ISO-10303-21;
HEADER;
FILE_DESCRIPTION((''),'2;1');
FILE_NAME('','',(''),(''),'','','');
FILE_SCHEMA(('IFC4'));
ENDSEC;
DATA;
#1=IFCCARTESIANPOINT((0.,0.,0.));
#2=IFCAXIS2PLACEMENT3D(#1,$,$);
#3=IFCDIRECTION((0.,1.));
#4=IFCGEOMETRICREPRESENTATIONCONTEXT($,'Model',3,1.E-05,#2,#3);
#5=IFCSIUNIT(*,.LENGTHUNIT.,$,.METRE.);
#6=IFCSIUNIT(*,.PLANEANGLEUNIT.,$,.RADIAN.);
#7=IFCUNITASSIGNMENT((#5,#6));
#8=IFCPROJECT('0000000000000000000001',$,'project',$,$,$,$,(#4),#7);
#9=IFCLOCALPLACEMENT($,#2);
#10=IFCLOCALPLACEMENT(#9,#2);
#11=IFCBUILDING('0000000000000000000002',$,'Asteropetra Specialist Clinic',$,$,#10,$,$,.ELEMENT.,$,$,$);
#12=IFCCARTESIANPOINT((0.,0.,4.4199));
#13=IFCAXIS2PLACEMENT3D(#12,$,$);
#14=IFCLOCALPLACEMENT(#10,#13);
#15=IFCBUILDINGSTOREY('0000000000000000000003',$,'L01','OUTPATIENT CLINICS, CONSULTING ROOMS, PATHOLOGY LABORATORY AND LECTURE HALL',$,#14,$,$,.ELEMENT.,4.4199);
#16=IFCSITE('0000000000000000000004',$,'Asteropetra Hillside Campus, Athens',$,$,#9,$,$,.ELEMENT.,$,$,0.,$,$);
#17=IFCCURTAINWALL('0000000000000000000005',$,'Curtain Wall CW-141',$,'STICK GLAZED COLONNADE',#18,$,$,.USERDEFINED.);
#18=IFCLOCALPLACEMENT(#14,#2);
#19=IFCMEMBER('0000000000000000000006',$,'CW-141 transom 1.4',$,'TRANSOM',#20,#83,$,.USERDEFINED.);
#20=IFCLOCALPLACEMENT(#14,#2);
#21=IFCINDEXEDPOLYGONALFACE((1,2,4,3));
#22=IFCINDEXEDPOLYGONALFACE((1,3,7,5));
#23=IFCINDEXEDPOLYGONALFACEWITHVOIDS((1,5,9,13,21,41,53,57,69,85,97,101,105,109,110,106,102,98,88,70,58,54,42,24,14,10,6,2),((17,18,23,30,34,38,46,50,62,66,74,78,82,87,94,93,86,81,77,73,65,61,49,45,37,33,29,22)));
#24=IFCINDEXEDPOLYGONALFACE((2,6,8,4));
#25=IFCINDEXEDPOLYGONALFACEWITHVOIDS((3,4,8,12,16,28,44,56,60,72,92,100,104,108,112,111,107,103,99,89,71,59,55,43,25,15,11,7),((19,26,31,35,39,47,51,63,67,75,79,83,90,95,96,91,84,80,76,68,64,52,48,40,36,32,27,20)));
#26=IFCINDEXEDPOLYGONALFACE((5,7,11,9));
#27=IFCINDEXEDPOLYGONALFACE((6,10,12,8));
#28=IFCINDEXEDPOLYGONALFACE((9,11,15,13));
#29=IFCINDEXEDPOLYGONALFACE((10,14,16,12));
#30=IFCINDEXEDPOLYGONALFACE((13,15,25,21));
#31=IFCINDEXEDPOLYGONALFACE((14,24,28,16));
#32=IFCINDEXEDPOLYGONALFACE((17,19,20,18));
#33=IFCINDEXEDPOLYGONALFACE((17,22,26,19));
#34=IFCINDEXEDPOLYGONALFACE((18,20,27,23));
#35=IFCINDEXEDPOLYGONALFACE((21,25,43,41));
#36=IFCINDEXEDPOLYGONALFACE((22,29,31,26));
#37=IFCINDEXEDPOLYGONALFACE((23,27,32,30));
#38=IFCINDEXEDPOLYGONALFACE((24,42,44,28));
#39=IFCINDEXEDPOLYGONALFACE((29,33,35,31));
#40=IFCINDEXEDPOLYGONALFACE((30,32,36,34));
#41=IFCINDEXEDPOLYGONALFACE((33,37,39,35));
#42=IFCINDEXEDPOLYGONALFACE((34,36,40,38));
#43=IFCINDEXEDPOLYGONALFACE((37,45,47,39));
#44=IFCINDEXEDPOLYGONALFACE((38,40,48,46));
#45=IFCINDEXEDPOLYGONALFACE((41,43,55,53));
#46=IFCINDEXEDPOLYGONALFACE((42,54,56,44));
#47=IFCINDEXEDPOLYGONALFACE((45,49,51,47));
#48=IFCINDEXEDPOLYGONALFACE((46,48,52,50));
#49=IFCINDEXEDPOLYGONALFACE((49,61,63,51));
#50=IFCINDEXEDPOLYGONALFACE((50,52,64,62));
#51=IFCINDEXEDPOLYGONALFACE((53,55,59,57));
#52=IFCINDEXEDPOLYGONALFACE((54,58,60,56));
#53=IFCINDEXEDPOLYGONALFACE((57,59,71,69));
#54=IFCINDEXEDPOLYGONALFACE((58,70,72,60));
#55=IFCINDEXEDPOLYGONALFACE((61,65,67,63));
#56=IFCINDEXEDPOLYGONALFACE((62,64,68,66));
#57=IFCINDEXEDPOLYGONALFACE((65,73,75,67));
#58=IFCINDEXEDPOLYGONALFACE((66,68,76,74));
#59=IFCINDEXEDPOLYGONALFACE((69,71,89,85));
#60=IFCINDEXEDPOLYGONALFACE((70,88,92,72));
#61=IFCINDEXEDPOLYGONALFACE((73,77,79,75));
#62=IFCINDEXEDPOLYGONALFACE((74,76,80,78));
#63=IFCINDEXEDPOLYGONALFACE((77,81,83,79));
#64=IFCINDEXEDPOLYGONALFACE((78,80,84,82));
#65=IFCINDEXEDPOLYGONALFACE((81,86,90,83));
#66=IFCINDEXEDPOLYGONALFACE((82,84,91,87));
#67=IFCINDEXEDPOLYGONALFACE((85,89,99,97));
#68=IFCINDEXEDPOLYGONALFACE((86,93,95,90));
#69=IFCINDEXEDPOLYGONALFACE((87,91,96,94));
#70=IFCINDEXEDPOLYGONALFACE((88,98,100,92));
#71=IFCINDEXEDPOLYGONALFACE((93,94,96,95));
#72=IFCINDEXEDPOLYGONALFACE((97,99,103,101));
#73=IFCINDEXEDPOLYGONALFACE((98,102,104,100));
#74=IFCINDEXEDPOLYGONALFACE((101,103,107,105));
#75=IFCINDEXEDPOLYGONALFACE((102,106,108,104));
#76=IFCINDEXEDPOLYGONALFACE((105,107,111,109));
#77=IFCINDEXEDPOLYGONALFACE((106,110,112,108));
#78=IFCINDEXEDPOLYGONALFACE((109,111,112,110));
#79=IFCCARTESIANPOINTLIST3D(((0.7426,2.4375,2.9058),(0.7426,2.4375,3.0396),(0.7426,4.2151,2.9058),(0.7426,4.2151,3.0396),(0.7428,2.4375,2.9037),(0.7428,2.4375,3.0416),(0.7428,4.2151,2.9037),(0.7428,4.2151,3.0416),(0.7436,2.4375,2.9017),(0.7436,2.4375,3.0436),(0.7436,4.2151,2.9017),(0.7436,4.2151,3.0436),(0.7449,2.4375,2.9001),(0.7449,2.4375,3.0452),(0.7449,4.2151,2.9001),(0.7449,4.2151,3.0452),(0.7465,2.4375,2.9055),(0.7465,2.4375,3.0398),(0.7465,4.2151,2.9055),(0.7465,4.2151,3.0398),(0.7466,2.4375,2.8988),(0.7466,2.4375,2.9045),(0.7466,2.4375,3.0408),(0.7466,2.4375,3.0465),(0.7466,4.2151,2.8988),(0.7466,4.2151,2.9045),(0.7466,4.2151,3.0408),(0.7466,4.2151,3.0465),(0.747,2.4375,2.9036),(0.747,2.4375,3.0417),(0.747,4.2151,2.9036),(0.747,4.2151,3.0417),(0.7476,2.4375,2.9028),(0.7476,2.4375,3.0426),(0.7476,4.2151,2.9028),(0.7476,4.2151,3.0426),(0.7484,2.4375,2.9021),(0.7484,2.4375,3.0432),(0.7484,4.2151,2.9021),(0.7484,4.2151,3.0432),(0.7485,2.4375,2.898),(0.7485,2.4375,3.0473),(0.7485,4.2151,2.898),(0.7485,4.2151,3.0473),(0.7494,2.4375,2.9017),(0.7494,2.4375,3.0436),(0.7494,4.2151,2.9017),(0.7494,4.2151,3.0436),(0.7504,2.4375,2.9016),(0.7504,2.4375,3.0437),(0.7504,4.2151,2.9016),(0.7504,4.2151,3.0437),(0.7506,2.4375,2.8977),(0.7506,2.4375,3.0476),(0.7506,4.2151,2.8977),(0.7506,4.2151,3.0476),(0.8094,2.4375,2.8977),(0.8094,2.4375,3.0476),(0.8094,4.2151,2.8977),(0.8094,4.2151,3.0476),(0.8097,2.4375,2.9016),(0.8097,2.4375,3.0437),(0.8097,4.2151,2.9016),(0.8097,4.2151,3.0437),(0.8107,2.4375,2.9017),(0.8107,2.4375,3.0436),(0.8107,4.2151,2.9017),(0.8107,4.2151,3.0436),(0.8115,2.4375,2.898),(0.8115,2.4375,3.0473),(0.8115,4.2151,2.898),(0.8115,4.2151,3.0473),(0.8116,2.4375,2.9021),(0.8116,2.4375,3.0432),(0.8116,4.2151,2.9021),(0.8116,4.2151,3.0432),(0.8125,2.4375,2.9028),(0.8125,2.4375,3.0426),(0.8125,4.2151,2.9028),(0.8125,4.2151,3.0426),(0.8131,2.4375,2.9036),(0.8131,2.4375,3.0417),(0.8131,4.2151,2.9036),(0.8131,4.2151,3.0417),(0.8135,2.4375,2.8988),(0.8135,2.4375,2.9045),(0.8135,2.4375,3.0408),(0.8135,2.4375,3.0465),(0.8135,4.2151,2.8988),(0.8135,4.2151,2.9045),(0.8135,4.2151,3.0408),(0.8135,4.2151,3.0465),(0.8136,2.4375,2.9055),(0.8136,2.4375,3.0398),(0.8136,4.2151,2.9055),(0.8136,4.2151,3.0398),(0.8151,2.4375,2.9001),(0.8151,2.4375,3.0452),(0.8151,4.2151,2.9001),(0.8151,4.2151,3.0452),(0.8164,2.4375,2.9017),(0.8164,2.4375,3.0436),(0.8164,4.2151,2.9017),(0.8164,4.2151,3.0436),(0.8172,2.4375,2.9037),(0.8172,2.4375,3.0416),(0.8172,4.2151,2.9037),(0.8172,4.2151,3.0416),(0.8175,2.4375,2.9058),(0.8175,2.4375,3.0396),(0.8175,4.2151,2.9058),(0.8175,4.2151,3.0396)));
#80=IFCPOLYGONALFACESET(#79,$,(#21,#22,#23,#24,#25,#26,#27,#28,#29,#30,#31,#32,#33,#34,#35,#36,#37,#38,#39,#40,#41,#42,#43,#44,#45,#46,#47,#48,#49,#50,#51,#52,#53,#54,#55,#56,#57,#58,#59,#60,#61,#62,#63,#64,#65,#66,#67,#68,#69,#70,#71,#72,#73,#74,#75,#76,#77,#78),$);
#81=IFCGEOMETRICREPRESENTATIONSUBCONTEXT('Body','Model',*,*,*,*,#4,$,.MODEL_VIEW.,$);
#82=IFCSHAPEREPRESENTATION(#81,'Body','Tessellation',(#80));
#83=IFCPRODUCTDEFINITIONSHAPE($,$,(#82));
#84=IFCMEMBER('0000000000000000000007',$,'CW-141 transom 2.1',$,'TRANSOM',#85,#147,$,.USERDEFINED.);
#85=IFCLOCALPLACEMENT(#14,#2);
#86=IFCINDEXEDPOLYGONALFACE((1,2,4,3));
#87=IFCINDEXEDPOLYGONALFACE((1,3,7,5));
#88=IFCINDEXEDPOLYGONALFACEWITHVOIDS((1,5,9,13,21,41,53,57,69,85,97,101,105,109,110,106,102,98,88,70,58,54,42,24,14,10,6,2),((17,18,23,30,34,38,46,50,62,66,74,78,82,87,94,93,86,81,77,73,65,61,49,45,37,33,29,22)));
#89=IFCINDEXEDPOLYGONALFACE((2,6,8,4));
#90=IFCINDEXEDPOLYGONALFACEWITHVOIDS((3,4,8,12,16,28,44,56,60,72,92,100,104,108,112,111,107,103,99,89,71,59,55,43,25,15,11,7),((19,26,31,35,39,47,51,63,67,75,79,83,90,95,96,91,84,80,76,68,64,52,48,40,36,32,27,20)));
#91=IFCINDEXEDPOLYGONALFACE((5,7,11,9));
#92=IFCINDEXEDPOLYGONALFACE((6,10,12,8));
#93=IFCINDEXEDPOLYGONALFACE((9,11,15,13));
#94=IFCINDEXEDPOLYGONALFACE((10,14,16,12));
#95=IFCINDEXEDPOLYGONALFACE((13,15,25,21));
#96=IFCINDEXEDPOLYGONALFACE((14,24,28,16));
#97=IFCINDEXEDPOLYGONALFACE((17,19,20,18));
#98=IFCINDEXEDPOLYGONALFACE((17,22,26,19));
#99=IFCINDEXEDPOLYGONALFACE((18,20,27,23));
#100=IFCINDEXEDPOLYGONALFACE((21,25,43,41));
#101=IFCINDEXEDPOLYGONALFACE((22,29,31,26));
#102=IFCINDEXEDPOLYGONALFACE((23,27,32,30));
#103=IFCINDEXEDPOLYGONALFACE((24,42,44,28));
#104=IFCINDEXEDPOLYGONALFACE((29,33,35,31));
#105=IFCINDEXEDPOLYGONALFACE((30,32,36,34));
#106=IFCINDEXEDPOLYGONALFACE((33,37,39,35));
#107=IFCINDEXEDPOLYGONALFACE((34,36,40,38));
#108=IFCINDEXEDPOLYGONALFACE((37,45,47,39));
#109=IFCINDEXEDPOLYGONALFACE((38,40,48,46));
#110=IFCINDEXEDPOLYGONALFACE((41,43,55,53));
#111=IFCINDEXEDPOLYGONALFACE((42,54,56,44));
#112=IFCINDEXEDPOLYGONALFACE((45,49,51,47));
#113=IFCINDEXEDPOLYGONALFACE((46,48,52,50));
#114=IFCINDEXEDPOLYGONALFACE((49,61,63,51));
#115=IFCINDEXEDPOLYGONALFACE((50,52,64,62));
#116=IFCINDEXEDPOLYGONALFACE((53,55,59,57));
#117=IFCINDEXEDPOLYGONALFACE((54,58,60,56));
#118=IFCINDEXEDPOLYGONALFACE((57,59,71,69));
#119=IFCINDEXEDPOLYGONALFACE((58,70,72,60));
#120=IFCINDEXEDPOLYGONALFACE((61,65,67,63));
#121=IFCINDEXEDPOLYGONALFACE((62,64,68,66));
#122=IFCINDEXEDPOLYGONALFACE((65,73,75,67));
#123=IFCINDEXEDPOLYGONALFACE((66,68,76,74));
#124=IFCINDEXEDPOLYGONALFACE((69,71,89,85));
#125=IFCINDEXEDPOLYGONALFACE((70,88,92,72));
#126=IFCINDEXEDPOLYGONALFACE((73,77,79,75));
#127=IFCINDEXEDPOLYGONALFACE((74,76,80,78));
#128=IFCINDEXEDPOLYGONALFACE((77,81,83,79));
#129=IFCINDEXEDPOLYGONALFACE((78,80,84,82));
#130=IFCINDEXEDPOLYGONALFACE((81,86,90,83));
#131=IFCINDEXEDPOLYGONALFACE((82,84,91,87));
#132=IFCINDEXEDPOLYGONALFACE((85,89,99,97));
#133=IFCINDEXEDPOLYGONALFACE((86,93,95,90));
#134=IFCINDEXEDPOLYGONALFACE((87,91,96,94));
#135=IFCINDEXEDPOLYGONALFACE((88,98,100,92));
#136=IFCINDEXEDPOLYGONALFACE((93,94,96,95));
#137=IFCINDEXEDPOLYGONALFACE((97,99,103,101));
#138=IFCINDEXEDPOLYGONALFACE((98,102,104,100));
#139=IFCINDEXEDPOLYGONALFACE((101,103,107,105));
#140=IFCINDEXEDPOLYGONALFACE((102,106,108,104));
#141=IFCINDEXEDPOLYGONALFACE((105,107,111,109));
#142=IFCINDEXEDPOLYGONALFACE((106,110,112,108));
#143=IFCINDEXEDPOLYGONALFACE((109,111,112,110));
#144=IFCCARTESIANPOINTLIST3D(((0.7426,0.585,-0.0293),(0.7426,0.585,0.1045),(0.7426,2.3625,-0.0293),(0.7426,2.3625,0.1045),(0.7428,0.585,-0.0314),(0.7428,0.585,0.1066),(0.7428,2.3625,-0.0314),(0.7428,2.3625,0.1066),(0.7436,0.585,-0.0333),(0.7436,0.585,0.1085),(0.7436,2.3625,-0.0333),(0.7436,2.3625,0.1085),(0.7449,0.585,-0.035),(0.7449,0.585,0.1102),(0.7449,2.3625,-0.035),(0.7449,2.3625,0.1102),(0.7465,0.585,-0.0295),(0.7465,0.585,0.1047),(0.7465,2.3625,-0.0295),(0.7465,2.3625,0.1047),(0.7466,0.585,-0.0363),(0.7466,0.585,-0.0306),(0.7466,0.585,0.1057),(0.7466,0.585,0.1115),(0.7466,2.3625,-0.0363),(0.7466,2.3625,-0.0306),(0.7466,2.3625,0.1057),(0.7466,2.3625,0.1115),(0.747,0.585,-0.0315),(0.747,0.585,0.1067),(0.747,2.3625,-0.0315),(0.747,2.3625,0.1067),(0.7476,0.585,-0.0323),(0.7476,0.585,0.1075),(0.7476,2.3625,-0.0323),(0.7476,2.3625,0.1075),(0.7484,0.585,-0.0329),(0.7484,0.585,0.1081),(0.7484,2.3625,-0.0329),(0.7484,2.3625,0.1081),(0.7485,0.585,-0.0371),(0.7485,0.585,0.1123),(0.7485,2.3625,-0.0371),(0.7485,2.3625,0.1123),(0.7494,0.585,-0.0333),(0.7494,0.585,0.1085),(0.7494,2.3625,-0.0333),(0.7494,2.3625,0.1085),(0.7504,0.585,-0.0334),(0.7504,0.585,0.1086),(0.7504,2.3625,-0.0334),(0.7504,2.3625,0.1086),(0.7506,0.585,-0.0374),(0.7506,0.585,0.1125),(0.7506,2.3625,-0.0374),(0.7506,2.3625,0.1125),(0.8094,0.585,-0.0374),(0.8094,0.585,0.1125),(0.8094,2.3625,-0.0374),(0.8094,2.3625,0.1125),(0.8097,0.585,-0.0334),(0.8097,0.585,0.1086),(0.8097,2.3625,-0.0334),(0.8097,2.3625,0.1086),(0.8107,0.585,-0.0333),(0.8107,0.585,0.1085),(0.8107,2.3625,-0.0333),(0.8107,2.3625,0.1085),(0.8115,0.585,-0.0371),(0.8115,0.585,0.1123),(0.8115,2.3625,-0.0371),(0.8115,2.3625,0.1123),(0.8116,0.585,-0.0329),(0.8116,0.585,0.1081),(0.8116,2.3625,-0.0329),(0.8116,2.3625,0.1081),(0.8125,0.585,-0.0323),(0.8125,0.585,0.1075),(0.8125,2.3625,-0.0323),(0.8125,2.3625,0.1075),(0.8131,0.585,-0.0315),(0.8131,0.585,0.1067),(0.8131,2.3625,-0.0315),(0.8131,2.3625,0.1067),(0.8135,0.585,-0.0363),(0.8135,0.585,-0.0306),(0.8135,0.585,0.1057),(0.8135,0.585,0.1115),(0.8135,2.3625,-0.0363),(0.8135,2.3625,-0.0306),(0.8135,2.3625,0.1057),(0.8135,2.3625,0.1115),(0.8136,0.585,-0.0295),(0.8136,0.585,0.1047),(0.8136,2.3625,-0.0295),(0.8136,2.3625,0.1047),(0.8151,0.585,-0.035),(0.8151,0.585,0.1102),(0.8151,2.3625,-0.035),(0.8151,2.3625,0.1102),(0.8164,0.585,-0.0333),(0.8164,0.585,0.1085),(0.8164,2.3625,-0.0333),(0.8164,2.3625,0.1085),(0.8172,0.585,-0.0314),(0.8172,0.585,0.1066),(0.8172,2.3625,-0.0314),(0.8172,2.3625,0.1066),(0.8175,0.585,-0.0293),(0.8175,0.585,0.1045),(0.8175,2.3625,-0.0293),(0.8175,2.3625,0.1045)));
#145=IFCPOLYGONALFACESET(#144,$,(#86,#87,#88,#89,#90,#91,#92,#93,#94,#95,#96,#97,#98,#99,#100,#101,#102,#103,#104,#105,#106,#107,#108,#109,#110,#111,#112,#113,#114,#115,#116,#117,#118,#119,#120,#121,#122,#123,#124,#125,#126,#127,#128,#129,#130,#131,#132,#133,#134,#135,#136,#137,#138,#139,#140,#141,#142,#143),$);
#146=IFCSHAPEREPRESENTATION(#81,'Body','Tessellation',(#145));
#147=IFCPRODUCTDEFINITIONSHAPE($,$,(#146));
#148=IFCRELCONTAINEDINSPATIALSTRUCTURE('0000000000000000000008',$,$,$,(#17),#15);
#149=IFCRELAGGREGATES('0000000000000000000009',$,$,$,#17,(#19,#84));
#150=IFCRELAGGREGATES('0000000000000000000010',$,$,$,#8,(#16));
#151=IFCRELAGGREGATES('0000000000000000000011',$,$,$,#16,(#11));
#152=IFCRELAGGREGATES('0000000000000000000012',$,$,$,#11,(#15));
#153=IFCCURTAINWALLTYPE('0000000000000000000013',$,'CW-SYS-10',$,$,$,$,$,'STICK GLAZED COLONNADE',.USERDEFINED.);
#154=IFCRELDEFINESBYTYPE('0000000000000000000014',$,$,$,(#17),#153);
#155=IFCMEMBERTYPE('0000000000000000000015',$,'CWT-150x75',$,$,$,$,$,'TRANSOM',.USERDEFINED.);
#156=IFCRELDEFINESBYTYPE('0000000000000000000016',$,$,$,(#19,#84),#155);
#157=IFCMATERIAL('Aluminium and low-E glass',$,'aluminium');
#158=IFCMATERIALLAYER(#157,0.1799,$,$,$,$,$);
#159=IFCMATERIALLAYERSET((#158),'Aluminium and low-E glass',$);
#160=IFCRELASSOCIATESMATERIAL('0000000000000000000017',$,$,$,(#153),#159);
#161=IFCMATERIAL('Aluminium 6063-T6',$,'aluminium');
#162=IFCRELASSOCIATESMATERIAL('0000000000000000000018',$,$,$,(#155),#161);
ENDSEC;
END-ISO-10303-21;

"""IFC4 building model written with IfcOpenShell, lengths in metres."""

from ifc_helpers import new_model, si_unit, direction, frame, origin, origin_2d, place, context, subcontext, project, spatial, hollow_rectangle, extrude, material, layer, layer_set, material_profile, profile_set, type_object, element, aggregate, save


model = new_model("IFC4")

# Units and contexts
model_context = context("Model", 3, precision=1e-05, world=origin(), true_north=direction((0.0, 1.0)))
body_context = subcontext(model_context, "Body", "Model", "MODEL_VIEW")
ifc_project = project(units=[si_unit("LENGTHUNIT", "METRE"), si_unit("PLANEANGLEUNIT", "RADIAN")], contexts=[model_context])

# Site, building, storey
site_placement = place(None, origin())
site = spatial("IfcSite", under=ifc_project, at=site_placement, Name="Asteropetra Hillside Campus, Athens", CompositionType="ELEMENT", RefElevation=0.0)
building_placement = place(site_placement, origin())
building = spatial("IfcBuilding", under=site, at=building_placement, Name="Asteropetra Specialist Clinic", CompositionType="ELEMENT")
storey_placement = place(building_placement, frame((0.0, 0.0, 4.4199)))
storey = spatial("IfcBuildingStorey", under=building, at=storey_placement, Name="L01", Description="OUTPATIENT CLINICS, CONSULTING ROOMS, PATHOLOGY LABORATORY AND LECTURE HALL", CompositionType="ELEMENT", Elevation=4.4199)

# Curtain wall
ifc_material_1 = material(Name="Aluminium and low-E glass", Category="aluminium")
ifc_layer_1 = layer(ifc_material_1, 0.1799)
ifc_layer_set_1 = layer_set([ifc_layer_1], Name="Aluminium and low-E glass")
curtain_wall_type_1 = type_object("IfcCurtainWallType", Name="CW-SYS-10", ElementType="STICK GLAZED COLONNADE", PredefinedType="USERDEFINED", material=ifc_layer_set_1)
curtain_wall_1_placement = place(storey_placement, origin())
curtain_wall_1 = element("IfcCurtainWall", 1, at=curtain_wall_1_placement, inside=storey, type_object=curtain_wall_type_1, Name="Curtain Wall CW-141", ObjectType="STICK GLAZED COLONNADE", PredefinedType="USERDEFINED")

# Members
ifc_material_2 = material(Name="Aluminium 6063-T6", Category="aluminium")
ifc_material_profile_1 = material_profile(ifc_material_2, hollow_rectangle(XDim=0.075, YDim=0.1499, WallThickness=0.0039, InnerFilletRadius=0.0039, OuterFilletRadius=0.0081, at=origin_2d()), Name="TRN 150x75x4.0")
ifc_profile_set_1 = profile_set([ifc_material_profile_1], Name="Aluminium 6063-T6")
member_type_1 = type_object("IfcMemberType", Name="CWT-150x75", ElementType="TRANSOM", PredefinedType="USERDEFINED", material=ifc_profile_set_1)
member_1_placement = place(storey_placement, frame((0.78, 4.2151, 2.9727), z_axis=(0.0, -1.0, 0.0), x_axis=(1.0, 0.0, 0.0)))
member_1 = element("IfcMember", 2, at=member_1_placement, type_object=member_type_1, Name="CW-141 transom 1.4", ObjectType="TRANSOM", PredefinedType="USERDEFINED", context=body_context, shape_type="SweptSolid", body=[
    extrude(hollow_rectangle(XDim=0.075, YDim=0.1499, WallThickness=0.0039, InnerFilletRadius=0.0039, OuterFilletRadius=0.0081, at=origin_2d()), origin(), (0.0, 0.0, 1.0), 1.7776),
])
member_2_placement = place(storey_placement, frame((0.78, 2.3625, 0.0376), z_axis=(0.0, -1.0, 0.0), x_axis=(1.0, 0.0, 0.0)))
member_2 = element("IfcMember", 3, at=member_2_placement, type_object=member_type_1, Name="CW-141 transom 2.1", ObjectType="TRANSOM", PredefinedType="USERDEFINED", context=body_context, shape_type="SweptSolid", body=[
    extrude(hollow_rectangle(XDim=0.075, YDim=0.1499, WallThickness=0.0039, InnerFilletRadius=0.0039, OuterFilletRadius=0.0081, at=origin_2d()), origin(), (0.0, 0.0, 1.0), 1.7776),
])

aggregate(curtain_wall_1, [member_1, member_2])

save(model, "model.ifc")
